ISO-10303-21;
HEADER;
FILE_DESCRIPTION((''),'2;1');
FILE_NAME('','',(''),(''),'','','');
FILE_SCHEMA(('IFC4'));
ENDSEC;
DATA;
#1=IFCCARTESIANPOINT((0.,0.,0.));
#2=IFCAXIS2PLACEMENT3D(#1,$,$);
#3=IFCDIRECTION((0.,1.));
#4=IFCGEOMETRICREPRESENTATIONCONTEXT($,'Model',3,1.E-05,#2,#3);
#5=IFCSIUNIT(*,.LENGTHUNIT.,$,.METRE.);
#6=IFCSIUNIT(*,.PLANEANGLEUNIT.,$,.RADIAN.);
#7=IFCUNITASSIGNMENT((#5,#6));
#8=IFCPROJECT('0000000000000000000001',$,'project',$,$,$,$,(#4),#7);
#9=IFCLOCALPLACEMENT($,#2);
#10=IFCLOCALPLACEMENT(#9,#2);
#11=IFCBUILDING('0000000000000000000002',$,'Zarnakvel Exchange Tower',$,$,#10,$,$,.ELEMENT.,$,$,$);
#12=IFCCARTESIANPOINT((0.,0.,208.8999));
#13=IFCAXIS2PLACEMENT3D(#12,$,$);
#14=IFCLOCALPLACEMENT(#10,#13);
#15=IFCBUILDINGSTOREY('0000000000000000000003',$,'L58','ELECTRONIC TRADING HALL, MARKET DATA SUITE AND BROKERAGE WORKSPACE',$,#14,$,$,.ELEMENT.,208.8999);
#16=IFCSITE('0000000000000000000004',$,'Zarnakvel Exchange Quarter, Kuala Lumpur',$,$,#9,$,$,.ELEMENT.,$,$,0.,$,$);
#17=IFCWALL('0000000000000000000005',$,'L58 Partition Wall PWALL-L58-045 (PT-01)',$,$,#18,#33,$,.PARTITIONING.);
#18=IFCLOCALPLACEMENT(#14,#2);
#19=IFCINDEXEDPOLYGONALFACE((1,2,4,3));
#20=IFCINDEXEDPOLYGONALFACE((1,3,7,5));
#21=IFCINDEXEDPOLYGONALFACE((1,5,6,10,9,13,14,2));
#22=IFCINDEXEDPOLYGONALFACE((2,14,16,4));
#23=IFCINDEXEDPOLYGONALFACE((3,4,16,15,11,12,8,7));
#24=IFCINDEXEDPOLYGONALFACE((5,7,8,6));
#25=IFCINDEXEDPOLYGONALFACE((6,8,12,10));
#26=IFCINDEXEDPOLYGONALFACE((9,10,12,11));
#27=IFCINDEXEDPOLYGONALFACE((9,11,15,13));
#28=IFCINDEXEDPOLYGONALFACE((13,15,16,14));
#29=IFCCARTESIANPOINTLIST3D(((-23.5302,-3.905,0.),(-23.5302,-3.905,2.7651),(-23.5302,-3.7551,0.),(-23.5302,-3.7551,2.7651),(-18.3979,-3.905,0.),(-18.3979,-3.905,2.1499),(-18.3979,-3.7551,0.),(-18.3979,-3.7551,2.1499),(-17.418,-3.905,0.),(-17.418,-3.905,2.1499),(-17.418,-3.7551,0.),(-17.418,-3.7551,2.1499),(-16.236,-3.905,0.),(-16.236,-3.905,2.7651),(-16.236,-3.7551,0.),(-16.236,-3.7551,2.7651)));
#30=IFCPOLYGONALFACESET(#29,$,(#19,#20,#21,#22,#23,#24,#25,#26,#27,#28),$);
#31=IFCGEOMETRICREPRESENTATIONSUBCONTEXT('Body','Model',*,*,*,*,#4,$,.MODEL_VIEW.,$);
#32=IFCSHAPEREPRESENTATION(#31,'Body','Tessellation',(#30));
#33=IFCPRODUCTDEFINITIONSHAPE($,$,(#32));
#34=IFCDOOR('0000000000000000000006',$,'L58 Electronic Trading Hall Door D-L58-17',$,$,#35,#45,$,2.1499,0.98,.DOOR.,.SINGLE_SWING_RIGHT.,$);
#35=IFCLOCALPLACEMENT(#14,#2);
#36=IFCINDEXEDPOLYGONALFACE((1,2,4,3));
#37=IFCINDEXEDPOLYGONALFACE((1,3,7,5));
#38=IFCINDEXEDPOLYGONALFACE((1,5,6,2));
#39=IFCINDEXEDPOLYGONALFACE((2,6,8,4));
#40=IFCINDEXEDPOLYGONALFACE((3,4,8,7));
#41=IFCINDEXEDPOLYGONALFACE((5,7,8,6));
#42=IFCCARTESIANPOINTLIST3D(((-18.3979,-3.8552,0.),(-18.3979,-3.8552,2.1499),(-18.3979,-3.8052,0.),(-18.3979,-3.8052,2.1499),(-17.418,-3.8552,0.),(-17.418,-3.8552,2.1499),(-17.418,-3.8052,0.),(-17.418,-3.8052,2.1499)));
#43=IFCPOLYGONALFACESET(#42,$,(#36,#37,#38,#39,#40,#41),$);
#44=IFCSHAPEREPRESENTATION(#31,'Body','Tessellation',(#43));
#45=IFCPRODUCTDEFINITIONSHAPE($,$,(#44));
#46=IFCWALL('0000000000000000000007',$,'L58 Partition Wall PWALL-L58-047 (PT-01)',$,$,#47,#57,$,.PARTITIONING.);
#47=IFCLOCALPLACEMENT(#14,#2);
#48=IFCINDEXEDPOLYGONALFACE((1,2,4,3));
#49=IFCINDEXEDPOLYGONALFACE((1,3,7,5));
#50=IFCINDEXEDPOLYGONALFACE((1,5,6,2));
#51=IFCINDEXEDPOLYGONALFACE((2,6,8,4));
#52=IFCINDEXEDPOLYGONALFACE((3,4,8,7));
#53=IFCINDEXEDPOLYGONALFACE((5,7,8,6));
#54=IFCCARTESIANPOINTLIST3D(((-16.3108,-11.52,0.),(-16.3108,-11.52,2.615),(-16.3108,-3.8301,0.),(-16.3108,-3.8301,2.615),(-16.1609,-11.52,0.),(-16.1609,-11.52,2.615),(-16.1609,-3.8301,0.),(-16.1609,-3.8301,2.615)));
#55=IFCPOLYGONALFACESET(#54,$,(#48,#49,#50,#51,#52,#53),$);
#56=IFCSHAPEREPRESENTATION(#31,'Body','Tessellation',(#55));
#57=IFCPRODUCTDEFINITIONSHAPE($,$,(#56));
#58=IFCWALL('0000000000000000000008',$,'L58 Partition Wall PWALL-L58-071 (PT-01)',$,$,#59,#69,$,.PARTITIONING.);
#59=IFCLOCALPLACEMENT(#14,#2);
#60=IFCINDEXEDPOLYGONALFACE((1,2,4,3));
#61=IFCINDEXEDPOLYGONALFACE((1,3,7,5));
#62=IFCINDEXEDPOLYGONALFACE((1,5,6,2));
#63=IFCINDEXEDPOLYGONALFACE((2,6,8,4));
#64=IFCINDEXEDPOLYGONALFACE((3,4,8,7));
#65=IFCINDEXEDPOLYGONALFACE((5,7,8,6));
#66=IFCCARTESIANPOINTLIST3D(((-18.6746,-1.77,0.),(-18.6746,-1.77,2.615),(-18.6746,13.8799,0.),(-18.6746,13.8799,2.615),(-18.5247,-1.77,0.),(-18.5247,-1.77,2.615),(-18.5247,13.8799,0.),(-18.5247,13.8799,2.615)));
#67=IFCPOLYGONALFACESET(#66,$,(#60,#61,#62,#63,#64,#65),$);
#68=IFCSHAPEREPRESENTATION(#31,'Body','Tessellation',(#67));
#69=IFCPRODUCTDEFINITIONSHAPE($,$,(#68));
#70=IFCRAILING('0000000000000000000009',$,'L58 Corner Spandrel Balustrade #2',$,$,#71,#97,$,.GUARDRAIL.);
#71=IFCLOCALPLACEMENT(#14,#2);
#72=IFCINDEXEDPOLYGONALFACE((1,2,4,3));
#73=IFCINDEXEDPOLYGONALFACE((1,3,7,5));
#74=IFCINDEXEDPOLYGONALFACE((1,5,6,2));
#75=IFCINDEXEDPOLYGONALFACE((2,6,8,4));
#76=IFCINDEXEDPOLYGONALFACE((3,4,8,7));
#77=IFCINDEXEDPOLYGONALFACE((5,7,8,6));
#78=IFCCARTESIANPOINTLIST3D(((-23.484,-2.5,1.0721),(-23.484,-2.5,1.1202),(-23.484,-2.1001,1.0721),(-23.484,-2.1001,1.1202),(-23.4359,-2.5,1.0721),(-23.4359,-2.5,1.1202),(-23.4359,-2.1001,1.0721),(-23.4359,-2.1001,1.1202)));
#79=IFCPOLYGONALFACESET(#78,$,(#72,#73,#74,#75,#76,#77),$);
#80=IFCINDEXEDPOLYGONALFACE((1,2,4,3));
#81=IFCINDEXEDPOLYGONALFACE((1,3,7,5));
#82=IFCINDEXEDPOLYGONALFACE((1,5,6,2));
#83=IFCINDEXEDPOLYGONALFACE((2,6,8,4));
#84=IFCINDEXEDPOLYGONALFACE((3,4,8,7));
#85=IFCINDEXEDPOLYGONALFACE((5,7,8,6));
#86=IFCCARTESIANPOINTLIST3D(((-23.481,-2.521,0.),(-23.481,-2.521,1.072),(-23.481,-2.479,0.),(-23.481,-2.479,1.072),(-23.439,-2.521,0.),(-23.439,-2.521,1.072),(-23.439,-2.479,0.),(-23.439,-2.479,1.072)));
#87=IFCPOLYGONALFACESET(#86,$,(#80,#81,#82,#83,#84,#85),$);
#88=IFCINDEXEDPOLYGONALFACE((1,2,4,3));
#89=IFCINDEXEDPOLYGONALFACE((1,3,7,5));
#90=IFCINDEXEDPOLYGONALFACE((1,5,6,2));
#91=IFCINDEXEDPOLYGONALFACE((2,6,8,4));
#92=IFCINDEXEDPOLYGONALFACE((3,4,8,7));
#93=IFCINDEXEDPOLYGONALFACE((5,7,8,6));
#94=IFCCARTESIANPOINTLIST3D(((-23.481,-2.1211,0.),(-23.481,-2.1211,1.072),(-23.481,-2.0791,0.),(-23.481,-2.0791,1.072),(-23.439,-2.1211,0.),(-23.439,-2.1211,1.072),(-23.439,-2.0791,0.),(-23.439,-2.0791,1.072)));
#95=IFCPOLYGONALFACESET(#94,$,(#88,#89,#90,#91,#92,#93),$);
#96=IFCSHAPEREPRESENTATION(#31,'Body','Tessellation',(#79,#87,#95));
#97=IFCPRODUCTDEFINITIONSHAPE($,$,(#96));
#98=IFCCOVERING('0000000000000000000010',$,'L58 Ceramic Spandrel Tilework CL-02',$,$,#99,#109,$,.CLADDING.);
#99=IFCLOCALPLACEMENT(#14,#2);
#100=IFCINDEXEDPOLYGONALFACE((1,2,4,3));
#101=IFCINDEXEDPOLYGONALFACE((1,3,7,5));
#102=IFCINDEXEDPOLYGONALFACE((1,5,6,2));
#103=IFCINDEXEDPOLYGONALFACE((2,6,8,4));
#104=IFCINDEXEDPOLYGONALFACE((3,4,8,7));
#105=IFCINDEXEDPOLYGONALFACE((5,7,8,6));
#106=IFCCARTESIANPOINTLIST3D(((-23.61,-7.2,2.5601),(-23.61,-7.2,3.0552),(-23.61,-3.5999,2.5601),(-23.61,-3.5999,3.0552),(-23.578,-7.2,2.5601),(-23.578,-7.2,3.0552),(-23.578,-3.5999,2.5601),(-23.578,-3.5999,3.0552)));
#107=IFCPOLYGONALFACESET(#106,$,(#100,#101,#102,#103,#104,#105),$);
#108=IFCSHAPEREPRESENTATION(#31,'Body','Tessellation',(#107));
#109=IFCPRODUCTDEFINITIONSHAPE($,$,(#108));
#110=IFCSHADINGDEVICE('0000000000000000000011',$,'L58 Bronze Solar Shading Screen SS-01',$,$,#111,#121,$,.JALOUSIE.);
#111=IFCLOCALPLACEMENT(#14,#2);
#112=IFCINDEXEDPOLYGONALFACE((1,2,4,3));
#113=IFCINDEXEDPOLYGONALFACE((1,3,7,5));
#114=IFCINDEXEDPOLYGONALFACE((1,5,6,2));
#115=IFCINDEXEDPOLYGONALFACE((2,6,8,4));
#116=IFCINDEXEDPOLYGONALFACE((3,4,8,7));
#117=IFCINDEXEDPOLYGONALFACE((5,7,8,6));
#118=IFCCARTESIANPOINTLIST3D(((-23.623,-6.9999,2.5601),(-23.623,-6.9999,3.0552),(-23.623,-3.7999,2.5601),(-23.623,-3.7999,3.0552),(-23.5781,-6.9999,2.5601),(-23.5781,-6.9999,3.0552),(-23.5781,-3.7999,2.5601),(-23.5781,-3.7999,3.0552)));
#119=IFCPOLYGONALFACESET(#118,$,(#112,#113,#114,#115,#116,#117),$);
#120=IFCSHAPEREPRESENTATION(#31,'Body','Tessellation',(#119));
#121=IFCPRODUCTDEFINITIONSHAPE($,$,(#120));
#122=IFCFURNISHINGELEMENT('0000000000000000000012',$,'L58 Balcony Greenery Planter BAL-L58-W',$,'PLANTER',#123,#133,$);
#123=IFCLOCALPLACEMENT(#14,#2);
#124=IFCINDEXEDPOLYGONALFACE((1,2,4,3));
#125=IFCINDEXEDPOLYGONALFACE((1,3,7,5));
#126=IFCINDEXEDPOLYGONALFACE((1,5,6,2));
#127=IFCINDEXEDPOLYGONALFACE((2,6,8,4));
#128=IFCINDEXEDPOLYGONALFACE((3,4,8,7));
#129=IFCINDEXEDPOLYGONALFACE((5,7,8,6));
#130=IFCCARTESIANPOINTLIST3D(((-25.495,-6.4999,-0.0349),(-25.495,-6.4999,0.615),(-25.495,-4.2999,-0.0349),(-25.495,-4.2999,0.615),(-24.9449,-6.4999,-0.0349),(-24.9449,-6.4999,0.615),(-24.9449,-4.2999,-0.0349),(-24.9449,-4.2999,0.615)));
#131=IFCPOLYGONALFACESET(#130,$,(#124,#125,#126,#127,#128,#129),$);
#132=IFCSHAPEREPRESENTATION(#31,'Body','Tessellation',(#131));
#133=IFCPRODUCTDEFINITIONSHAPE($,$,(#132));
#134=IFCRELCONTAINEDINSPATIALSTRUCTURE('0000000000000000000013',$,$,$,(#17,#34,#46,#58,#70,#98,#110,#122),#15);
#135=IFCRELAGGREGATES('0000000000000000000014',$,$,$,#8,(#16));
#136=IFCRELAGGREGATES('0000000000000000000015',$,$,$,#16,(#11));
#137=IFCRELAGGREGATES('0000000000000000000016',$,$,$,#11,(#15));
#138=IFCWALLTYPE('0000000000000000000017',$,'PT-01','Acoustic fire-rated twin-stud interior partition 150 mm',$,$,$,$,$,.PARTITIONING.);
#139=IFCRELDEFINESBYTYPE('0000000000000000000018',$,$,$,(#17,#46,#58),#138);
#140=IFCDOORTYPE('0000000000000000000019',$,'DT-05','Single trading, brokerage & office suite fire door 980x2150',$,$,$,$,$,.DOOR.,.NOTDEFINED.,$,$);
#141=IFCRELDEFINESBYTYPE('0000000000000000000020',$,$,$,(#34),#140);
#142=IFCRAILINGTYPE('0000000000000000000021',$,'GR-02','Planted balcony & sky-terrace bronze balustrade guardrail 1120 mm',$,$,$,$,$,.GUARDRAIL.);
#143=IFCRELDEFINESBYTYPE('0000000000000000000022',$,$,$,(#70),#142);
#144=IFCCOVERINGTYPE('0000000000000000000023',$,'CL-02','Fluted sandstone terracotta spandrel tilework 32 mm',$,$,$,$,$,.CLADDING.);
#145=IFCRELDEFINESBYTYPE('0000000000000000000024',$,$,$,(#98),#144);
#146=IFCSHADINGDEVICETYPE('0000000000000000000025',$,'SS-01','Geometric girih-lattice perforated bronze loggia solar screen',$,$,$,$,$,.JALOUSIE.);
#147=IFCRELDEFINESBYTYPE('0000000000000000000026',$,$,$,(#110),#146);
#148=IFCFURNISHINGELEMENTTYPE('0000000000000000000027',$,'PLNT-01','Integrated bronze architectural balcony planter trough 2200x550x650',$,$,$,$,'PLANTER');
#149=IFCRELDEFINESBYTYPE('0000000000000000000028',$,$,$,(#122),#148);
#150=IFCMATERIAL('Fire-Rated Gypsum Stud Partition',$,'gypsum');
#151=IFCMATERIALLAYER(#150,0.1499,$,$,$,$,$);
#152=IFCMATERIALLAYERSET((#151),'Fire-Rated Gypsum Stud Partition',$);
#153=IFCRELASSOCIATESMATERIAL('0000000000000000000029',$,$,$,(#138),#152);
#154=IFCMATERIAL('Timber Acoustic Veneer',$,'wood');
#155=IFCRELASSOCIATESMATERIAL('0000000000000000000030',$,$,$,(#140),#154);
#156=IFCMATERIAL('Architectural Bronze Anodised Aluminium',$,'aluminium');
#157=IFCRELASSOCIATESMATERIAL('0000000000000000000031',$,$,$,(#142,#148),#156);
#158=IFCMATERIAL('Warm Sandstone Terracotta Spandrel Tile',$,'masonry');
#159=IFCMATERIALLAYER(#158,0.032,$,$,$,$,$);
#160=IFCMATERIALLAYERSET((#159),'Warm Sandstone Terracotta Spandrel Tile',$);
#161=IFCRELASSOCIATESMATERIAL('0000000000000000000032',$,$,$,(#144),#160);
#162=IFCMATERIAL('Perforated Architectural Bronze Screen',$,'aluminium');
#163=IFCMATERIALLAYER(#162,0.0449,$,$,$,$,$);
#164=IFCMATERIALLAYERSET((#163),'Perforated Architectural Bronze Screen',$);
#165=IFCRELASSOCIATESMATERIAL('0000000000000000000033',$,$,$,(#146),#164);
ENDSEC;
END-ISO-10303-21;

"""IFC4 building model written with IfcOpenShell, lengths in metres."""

from ifc_helpers import new_model, si_unit, direction, frame, frame_2d, origin, origin_2d, place, context, subcontext, project, spatial, rectangle, extrude, source, transform, mapped, material, layer, layer_set, type_object, element, fill, save


model = new_model("IFC4")

# Units and contexts
model_context = context("Model", 3, precision=1e-05, world=origin(), true_north=direction((0.0, 1.0)))
body_context = subcontext(model_context, "Body", "Model", "MODEL_VIEW")
ifc_project = project(units=[si_unit("LENGTHUNIT", "METRE"), si_unit("PLANEANGLEUNIT", "RADIAN")], contexts=[model_context])

# Site, building, storey
site_placement = place(None, origin())
site = spatial("IfcSite", under=ifc_project, at=site_placement, Name="Zarnakvel Exchange Quarter, Kuala Lumpur", CompositionType="ELEMENT", RefElevation=0.0)
building_placement = place(site_placement, origin())
building = spatial("IfcBuilding", under=site, at=building_placement, Name="Zarnakvel Exchange Tower", CompositionType="ELEMENT")
storey_placement = place(building_placement, frame((0.0, 0.0, 208.8999)))
storey = spatial("IfcBuildingStorey", under=building, at=storey_placement, Name="L58", Description="ELECTRONIC TRADING HALL, MARKET DATA SUITE AND BROKERAGE WORKSPACE", CompositionType="ELEMENT", Elevation=208.8999)

# Shared definitions
ifc_material_1 = material(Name="Architectural Bronze Anodised Aluminium", Category="aluminium")

# Wall, opening, door
ifc_material_2 = material(Name="Fire-Rated Gypsum Stud Partition", Category="gypsum")
ifc_layer_1 = layer(ifc_material_2, 0.1499)
ifc_layer_set_1 = layer_set([ifc_layer_1], Name="Fire-Rated Gypsum Stud Partition")
wall_type_1 = type_object("IfcWallType", Name="PT-01", Description="Acoustic fire-rated twin-stud interior partition 150 mm", PredefinedType="PARTITIONING", material=ifc_layer_set_1)
wall_1_placement = place(storey_placement, frame((-23.53, -3.8301, 0.0), z_axis=(0.0, 0.0, 1.0), x_axis=(1.0, 0.0, 0.0)))
wall_1 = element("IfcWall", 1, at=wall_1_placement, inside=storey, type_object=wall_type_1, Name="L58 Partition Wall PWALL-L58-045 (PT-01)", PredefinedType="PARTITIONING", context=body_context, shape_type="SweptSolid", body=[
    extrude(rectangle(XDim=7.2942, YDim=0.1499, at=frame_2d((3.647, 0.0))), origin(), (0.0, 0.0, 1.0), 2.7651),
])
opening_1_placement = place(wall_1_placement, frame((5.1321, 0.0, 0.0)))
opening_1 = element("IfcOpeningElement", 2, at=opening_1_placement, cuts=wall_1, PredefinedType="OPENING", context=body_context, shape_type="SweptSolid", body=[
    extrude(rectangle(XDim=0.98, YDim=2.1499, at=frame_2d((0.49, 1.075))), frame((0.0, 0.085, 0.0), z_axis=(0.0, -1.0, 0.0), x_axis=(1.0, 0.0, 0.0)), (0.0, 0.0, 1.0), 0.1699),
])
ifc_material_3 = material(Name="Timber Acoustic Veneer", Category="wood")
door_type = type_object("IfcDoorType", Name="DT-05", Description="Single trading, brokerage & office suite fire door 980x2150", OperationType="NOTDEFINED", PredefinedType="DOOR", material=ifc_material_3)
shared_shape_1 = source(origin(), body_context, "Body", "SweptSolid", [
    extrude(rectangle(XDim=0.98, YDim=2.1499, at=frame_2d((0.49, 1.075))), frame((0.0, 0.0249, 0.0), z_axis=(0.0, -1.0, 0.0), x_axis=(1.0, 0.0, 0.0)), (0.0, 0.0, 1.0), 0.05),
])
door_1_placement = place(opening_1_placement, origin())
door_1 = element("IfcDoor", 3, at=door_1_placement, inside=storey, type_object=door_type, Name="L58 Electronic Trading Hall Door D-L58-17", OperationType="SINGLE_SWING_RIGHT", OverallHeight=2.1499, OverallWidth=0.98, PredefinedType="DOOR", context=body_context, shape_type="MappedRepresentation", body=[
    mapped(shared_shape_1, transform((0.0, 0.0, 0.0), x_axis=(1.0, 0.0, 0.0), y_axis=(0.0, 1.0, 0.0), z_axis=(0.0, 0.0, 1.0), scale=1.0)),
])
fill(opening_1, door_1)

# Wall
wall_2_placement = place(storey_placement, frame((-16.2358, -3.8301, 0.0), z_axis=(0.0, 0.0, 1.0), x_axis=(0.0, -1.0, 0.0)))
element("IfcWall", 4, at=wall_2_placement, inside=storey, type_object=wall_type_1, Name="L58 Partition Wall PWALL-L58-047 (PT-01)", PredefinedType="PARTITIONING", context=body_context, shape_type="SweptSolid", body=[
    extrude(rectangle(XDim=7.6899, YDim=0.1499, at=frame_2d((3.845, 0.0))), origin(), (0.0, 0.0, 1.0), 2.615),
])

# Wall
wall_3_placement = place(storey_placement, frame((-18.5996, -1.77, 0.0), z_axis=(0.0, 0.0, 1.0), x_axis=(0.0, 1.0, 0.0)))
element("IfcWall", 5, at=wall_3_placement, inside=storey, type_object=wall_type_1, Name="L58 Partition Wall PWALL-L58-071 (PT-01)", PredefinedType="PARTITIONING", context=body_context, shape_type="SweptSolid", body=[
    extrude(rectangle(XDim=15.6499, YDim=0.1499, at=frame_2d((7.825, 0.0))), origin(), (0.0, 0.0, 1.0), 2.615),
])

# Railing
railing_type = type_object("IfcRailingType", Name="GR-02", Description="Planted balcony & sky-terrace bronze balustrade guardrail 1120 mm", PredefinedType="GUARDRAIL", material=ifc_material_1)
railing_placement = place(storey_placement, frame((-23.46, -2.5, 0.0)))
element("IfcRailing", 6, at=railing_placement, inside=storey, type_object=railing_type, Name="L58 Corner Spandrel Balustrade #2", PredefinedType="GUARDRAIL", context=body_context, shape_type="SweptSolid", body=[
    extrude(rectangle(XDim=0.0481, YDim=0.0481, at=origin_2d()), frame((0.0, 0.0, 1.0962), z_axis=(0.0, 1.0, 0.0), x_axis=(-1.0, 0.0, 0.0)), (0.0, 0.0, 1.0), 0.3999),
    extrude(rectangle(XDim=0.042, YDim=0.042, at=origin_2d()), origin(), (0.0, 0.0, 1.0), 1.072),
    extrude(rectangle(XDim=0.042, YDim=0.042, at=origin_2d()), frame((0.0, 0.3999, 0.0)), (0.0, 0.0, 1.0), 1.072),
])

# Covering
ifc_material_4 = material(Name="Warm Sandstone Terracotta Spandrel Tile", Category="masonry")
ifc_layer_2 = layer(ifc_material_4, 0.032)
ifc_layer_set_2 = layer_set([ifc_layer_2], Name="Warm Sandstone Terracotta Spandrel Tile")
covering_type = type_object("IfcCoveringType", Name="CL-02", Description="Fluted sandstone terracotta spandrel tilework 32 mm", PredefinedType="CLADDING", material=ifc_layer_set_2)
shared_shape_2 = source(origin(), body_context, "Body", "SweptSolid", [
    extrude(rectangle(XDim=3.6001, YDim=0.032, at=origin_2d()), origin(), (0.0, 0.0, 1.0), 0.4951),
])
covering_placement = place(storey_placement, frame((-23.594, -5.3999, 2.5601), z_axis=(0.0, 0.0, 1.0), x_axis=(0.0, 1.0, 0.0)))
element("IfcCovering", 7, at=covering_placement, inside=storey, type_object=covering_type, Name="L58 Ceramic Spandrel Tilework CL-02", PredefinedType="CLADDING", context=body_context, shape_type="MappedRepresentation", body=[
    mapped(shared_shape_2, transform((0.0, 0.0, 0.0), x_axis=(1.0, 0.0, 0.0), y_axis=(0.0, 1.0, 0.0), z_axis=(0.0, 0.0, 1.0), scale=1.0)),
])

# Shading device
ifc_material_5 = material(Name="Perforated Architectural Bronze Screen", Category="aluminium")
ifc_layer_3 = layer(ifc_material_5, 0.0449)
ifc_layer_set_3 = layer_set([ifc_layer_3], Name="Perforated Architectural Bronze Screen")
shading_device_type = type_object("IfcShadingDeviceType", Name="SS-01", Description="Geometric girih-lattice perforated bronze loggia solar screen", PredefinedType="JALOUSIE", material=ifc_layer_set_3)
shared_shape_3 = source(origin(), body_context, "Body", "SweptSolid", [
    extrude(rectangle(XDim=3.2, YDim=0.0449, at=origin_2d()), origin(), (0.0, 0.0, 1.0), 0.4951),
])
shading_device_placement = place(storey_placement, frame((-23.6006, -5.3999, 2.5601), z_axis=(0.0, 0.0, 1.0), x_axis=(0.0, 1.0, 0.0)))
element("IfcShadingDevice", 8, at=shading_device_placement, inside=storey, type_object=shading_device_type, Name="L58 Bronze Solar Shading Screen SS-01", PredefinedType="JALOUSIE", context=body_context, shape_type="MappedRepresentation", body=[
    mapped(shared_shape_3, transform((0.0, 0.0, 0.0), x_axis=(1.0, 0.0, 0.0), y_axis=(0.0, 1.0, 0.0), z_axis=(0.0, 0.0, 1.0), scale=1.0)),
])

# Furnishing element
furnishing_element_type = type_object("IfcFurnishingElementType", Name="PLNT-01", Description="Integrated bronze architectural balcony planter trough 2200x550x650", ElementType="PLANTER", material=ifc_material_1)
shared_shape_4 = source(origin(), body_context, "Body", "SweptSolid", [
    extrude(rectangle(XDim=2.2, YDim=0.55, at=origin_2d()), origin(), (0.0, 0.0, 1.0), 0.6499),
])
furnishing_placement = place(storey_placement, frame((-25.22, -5.3999, -0.0349), z_axis=(0.0, 0.0, 1.0), x_axis=(0.0, 1.0, 0.0)))
element("IfcFurnishingElement", 9, at=furnishing_placement, inside=storey, type_object=furnishing_element_type, Name="L58 Balcony Greenery Planter BAL-L58-W", ObjectType="PLANTER", context=body_context, shape_type="MappedRepresentation", body=[
    mapped(shared_shape_4, transform((0.0, 0.0, 0.0), x_axis=(1.0, 0.0, 0.0), y_axis=(0.0, 1.0, 0.0), z_axis=(0.0, 0.0, 1.0), scale=1.0)),
])

save(model, "model.ifc")
